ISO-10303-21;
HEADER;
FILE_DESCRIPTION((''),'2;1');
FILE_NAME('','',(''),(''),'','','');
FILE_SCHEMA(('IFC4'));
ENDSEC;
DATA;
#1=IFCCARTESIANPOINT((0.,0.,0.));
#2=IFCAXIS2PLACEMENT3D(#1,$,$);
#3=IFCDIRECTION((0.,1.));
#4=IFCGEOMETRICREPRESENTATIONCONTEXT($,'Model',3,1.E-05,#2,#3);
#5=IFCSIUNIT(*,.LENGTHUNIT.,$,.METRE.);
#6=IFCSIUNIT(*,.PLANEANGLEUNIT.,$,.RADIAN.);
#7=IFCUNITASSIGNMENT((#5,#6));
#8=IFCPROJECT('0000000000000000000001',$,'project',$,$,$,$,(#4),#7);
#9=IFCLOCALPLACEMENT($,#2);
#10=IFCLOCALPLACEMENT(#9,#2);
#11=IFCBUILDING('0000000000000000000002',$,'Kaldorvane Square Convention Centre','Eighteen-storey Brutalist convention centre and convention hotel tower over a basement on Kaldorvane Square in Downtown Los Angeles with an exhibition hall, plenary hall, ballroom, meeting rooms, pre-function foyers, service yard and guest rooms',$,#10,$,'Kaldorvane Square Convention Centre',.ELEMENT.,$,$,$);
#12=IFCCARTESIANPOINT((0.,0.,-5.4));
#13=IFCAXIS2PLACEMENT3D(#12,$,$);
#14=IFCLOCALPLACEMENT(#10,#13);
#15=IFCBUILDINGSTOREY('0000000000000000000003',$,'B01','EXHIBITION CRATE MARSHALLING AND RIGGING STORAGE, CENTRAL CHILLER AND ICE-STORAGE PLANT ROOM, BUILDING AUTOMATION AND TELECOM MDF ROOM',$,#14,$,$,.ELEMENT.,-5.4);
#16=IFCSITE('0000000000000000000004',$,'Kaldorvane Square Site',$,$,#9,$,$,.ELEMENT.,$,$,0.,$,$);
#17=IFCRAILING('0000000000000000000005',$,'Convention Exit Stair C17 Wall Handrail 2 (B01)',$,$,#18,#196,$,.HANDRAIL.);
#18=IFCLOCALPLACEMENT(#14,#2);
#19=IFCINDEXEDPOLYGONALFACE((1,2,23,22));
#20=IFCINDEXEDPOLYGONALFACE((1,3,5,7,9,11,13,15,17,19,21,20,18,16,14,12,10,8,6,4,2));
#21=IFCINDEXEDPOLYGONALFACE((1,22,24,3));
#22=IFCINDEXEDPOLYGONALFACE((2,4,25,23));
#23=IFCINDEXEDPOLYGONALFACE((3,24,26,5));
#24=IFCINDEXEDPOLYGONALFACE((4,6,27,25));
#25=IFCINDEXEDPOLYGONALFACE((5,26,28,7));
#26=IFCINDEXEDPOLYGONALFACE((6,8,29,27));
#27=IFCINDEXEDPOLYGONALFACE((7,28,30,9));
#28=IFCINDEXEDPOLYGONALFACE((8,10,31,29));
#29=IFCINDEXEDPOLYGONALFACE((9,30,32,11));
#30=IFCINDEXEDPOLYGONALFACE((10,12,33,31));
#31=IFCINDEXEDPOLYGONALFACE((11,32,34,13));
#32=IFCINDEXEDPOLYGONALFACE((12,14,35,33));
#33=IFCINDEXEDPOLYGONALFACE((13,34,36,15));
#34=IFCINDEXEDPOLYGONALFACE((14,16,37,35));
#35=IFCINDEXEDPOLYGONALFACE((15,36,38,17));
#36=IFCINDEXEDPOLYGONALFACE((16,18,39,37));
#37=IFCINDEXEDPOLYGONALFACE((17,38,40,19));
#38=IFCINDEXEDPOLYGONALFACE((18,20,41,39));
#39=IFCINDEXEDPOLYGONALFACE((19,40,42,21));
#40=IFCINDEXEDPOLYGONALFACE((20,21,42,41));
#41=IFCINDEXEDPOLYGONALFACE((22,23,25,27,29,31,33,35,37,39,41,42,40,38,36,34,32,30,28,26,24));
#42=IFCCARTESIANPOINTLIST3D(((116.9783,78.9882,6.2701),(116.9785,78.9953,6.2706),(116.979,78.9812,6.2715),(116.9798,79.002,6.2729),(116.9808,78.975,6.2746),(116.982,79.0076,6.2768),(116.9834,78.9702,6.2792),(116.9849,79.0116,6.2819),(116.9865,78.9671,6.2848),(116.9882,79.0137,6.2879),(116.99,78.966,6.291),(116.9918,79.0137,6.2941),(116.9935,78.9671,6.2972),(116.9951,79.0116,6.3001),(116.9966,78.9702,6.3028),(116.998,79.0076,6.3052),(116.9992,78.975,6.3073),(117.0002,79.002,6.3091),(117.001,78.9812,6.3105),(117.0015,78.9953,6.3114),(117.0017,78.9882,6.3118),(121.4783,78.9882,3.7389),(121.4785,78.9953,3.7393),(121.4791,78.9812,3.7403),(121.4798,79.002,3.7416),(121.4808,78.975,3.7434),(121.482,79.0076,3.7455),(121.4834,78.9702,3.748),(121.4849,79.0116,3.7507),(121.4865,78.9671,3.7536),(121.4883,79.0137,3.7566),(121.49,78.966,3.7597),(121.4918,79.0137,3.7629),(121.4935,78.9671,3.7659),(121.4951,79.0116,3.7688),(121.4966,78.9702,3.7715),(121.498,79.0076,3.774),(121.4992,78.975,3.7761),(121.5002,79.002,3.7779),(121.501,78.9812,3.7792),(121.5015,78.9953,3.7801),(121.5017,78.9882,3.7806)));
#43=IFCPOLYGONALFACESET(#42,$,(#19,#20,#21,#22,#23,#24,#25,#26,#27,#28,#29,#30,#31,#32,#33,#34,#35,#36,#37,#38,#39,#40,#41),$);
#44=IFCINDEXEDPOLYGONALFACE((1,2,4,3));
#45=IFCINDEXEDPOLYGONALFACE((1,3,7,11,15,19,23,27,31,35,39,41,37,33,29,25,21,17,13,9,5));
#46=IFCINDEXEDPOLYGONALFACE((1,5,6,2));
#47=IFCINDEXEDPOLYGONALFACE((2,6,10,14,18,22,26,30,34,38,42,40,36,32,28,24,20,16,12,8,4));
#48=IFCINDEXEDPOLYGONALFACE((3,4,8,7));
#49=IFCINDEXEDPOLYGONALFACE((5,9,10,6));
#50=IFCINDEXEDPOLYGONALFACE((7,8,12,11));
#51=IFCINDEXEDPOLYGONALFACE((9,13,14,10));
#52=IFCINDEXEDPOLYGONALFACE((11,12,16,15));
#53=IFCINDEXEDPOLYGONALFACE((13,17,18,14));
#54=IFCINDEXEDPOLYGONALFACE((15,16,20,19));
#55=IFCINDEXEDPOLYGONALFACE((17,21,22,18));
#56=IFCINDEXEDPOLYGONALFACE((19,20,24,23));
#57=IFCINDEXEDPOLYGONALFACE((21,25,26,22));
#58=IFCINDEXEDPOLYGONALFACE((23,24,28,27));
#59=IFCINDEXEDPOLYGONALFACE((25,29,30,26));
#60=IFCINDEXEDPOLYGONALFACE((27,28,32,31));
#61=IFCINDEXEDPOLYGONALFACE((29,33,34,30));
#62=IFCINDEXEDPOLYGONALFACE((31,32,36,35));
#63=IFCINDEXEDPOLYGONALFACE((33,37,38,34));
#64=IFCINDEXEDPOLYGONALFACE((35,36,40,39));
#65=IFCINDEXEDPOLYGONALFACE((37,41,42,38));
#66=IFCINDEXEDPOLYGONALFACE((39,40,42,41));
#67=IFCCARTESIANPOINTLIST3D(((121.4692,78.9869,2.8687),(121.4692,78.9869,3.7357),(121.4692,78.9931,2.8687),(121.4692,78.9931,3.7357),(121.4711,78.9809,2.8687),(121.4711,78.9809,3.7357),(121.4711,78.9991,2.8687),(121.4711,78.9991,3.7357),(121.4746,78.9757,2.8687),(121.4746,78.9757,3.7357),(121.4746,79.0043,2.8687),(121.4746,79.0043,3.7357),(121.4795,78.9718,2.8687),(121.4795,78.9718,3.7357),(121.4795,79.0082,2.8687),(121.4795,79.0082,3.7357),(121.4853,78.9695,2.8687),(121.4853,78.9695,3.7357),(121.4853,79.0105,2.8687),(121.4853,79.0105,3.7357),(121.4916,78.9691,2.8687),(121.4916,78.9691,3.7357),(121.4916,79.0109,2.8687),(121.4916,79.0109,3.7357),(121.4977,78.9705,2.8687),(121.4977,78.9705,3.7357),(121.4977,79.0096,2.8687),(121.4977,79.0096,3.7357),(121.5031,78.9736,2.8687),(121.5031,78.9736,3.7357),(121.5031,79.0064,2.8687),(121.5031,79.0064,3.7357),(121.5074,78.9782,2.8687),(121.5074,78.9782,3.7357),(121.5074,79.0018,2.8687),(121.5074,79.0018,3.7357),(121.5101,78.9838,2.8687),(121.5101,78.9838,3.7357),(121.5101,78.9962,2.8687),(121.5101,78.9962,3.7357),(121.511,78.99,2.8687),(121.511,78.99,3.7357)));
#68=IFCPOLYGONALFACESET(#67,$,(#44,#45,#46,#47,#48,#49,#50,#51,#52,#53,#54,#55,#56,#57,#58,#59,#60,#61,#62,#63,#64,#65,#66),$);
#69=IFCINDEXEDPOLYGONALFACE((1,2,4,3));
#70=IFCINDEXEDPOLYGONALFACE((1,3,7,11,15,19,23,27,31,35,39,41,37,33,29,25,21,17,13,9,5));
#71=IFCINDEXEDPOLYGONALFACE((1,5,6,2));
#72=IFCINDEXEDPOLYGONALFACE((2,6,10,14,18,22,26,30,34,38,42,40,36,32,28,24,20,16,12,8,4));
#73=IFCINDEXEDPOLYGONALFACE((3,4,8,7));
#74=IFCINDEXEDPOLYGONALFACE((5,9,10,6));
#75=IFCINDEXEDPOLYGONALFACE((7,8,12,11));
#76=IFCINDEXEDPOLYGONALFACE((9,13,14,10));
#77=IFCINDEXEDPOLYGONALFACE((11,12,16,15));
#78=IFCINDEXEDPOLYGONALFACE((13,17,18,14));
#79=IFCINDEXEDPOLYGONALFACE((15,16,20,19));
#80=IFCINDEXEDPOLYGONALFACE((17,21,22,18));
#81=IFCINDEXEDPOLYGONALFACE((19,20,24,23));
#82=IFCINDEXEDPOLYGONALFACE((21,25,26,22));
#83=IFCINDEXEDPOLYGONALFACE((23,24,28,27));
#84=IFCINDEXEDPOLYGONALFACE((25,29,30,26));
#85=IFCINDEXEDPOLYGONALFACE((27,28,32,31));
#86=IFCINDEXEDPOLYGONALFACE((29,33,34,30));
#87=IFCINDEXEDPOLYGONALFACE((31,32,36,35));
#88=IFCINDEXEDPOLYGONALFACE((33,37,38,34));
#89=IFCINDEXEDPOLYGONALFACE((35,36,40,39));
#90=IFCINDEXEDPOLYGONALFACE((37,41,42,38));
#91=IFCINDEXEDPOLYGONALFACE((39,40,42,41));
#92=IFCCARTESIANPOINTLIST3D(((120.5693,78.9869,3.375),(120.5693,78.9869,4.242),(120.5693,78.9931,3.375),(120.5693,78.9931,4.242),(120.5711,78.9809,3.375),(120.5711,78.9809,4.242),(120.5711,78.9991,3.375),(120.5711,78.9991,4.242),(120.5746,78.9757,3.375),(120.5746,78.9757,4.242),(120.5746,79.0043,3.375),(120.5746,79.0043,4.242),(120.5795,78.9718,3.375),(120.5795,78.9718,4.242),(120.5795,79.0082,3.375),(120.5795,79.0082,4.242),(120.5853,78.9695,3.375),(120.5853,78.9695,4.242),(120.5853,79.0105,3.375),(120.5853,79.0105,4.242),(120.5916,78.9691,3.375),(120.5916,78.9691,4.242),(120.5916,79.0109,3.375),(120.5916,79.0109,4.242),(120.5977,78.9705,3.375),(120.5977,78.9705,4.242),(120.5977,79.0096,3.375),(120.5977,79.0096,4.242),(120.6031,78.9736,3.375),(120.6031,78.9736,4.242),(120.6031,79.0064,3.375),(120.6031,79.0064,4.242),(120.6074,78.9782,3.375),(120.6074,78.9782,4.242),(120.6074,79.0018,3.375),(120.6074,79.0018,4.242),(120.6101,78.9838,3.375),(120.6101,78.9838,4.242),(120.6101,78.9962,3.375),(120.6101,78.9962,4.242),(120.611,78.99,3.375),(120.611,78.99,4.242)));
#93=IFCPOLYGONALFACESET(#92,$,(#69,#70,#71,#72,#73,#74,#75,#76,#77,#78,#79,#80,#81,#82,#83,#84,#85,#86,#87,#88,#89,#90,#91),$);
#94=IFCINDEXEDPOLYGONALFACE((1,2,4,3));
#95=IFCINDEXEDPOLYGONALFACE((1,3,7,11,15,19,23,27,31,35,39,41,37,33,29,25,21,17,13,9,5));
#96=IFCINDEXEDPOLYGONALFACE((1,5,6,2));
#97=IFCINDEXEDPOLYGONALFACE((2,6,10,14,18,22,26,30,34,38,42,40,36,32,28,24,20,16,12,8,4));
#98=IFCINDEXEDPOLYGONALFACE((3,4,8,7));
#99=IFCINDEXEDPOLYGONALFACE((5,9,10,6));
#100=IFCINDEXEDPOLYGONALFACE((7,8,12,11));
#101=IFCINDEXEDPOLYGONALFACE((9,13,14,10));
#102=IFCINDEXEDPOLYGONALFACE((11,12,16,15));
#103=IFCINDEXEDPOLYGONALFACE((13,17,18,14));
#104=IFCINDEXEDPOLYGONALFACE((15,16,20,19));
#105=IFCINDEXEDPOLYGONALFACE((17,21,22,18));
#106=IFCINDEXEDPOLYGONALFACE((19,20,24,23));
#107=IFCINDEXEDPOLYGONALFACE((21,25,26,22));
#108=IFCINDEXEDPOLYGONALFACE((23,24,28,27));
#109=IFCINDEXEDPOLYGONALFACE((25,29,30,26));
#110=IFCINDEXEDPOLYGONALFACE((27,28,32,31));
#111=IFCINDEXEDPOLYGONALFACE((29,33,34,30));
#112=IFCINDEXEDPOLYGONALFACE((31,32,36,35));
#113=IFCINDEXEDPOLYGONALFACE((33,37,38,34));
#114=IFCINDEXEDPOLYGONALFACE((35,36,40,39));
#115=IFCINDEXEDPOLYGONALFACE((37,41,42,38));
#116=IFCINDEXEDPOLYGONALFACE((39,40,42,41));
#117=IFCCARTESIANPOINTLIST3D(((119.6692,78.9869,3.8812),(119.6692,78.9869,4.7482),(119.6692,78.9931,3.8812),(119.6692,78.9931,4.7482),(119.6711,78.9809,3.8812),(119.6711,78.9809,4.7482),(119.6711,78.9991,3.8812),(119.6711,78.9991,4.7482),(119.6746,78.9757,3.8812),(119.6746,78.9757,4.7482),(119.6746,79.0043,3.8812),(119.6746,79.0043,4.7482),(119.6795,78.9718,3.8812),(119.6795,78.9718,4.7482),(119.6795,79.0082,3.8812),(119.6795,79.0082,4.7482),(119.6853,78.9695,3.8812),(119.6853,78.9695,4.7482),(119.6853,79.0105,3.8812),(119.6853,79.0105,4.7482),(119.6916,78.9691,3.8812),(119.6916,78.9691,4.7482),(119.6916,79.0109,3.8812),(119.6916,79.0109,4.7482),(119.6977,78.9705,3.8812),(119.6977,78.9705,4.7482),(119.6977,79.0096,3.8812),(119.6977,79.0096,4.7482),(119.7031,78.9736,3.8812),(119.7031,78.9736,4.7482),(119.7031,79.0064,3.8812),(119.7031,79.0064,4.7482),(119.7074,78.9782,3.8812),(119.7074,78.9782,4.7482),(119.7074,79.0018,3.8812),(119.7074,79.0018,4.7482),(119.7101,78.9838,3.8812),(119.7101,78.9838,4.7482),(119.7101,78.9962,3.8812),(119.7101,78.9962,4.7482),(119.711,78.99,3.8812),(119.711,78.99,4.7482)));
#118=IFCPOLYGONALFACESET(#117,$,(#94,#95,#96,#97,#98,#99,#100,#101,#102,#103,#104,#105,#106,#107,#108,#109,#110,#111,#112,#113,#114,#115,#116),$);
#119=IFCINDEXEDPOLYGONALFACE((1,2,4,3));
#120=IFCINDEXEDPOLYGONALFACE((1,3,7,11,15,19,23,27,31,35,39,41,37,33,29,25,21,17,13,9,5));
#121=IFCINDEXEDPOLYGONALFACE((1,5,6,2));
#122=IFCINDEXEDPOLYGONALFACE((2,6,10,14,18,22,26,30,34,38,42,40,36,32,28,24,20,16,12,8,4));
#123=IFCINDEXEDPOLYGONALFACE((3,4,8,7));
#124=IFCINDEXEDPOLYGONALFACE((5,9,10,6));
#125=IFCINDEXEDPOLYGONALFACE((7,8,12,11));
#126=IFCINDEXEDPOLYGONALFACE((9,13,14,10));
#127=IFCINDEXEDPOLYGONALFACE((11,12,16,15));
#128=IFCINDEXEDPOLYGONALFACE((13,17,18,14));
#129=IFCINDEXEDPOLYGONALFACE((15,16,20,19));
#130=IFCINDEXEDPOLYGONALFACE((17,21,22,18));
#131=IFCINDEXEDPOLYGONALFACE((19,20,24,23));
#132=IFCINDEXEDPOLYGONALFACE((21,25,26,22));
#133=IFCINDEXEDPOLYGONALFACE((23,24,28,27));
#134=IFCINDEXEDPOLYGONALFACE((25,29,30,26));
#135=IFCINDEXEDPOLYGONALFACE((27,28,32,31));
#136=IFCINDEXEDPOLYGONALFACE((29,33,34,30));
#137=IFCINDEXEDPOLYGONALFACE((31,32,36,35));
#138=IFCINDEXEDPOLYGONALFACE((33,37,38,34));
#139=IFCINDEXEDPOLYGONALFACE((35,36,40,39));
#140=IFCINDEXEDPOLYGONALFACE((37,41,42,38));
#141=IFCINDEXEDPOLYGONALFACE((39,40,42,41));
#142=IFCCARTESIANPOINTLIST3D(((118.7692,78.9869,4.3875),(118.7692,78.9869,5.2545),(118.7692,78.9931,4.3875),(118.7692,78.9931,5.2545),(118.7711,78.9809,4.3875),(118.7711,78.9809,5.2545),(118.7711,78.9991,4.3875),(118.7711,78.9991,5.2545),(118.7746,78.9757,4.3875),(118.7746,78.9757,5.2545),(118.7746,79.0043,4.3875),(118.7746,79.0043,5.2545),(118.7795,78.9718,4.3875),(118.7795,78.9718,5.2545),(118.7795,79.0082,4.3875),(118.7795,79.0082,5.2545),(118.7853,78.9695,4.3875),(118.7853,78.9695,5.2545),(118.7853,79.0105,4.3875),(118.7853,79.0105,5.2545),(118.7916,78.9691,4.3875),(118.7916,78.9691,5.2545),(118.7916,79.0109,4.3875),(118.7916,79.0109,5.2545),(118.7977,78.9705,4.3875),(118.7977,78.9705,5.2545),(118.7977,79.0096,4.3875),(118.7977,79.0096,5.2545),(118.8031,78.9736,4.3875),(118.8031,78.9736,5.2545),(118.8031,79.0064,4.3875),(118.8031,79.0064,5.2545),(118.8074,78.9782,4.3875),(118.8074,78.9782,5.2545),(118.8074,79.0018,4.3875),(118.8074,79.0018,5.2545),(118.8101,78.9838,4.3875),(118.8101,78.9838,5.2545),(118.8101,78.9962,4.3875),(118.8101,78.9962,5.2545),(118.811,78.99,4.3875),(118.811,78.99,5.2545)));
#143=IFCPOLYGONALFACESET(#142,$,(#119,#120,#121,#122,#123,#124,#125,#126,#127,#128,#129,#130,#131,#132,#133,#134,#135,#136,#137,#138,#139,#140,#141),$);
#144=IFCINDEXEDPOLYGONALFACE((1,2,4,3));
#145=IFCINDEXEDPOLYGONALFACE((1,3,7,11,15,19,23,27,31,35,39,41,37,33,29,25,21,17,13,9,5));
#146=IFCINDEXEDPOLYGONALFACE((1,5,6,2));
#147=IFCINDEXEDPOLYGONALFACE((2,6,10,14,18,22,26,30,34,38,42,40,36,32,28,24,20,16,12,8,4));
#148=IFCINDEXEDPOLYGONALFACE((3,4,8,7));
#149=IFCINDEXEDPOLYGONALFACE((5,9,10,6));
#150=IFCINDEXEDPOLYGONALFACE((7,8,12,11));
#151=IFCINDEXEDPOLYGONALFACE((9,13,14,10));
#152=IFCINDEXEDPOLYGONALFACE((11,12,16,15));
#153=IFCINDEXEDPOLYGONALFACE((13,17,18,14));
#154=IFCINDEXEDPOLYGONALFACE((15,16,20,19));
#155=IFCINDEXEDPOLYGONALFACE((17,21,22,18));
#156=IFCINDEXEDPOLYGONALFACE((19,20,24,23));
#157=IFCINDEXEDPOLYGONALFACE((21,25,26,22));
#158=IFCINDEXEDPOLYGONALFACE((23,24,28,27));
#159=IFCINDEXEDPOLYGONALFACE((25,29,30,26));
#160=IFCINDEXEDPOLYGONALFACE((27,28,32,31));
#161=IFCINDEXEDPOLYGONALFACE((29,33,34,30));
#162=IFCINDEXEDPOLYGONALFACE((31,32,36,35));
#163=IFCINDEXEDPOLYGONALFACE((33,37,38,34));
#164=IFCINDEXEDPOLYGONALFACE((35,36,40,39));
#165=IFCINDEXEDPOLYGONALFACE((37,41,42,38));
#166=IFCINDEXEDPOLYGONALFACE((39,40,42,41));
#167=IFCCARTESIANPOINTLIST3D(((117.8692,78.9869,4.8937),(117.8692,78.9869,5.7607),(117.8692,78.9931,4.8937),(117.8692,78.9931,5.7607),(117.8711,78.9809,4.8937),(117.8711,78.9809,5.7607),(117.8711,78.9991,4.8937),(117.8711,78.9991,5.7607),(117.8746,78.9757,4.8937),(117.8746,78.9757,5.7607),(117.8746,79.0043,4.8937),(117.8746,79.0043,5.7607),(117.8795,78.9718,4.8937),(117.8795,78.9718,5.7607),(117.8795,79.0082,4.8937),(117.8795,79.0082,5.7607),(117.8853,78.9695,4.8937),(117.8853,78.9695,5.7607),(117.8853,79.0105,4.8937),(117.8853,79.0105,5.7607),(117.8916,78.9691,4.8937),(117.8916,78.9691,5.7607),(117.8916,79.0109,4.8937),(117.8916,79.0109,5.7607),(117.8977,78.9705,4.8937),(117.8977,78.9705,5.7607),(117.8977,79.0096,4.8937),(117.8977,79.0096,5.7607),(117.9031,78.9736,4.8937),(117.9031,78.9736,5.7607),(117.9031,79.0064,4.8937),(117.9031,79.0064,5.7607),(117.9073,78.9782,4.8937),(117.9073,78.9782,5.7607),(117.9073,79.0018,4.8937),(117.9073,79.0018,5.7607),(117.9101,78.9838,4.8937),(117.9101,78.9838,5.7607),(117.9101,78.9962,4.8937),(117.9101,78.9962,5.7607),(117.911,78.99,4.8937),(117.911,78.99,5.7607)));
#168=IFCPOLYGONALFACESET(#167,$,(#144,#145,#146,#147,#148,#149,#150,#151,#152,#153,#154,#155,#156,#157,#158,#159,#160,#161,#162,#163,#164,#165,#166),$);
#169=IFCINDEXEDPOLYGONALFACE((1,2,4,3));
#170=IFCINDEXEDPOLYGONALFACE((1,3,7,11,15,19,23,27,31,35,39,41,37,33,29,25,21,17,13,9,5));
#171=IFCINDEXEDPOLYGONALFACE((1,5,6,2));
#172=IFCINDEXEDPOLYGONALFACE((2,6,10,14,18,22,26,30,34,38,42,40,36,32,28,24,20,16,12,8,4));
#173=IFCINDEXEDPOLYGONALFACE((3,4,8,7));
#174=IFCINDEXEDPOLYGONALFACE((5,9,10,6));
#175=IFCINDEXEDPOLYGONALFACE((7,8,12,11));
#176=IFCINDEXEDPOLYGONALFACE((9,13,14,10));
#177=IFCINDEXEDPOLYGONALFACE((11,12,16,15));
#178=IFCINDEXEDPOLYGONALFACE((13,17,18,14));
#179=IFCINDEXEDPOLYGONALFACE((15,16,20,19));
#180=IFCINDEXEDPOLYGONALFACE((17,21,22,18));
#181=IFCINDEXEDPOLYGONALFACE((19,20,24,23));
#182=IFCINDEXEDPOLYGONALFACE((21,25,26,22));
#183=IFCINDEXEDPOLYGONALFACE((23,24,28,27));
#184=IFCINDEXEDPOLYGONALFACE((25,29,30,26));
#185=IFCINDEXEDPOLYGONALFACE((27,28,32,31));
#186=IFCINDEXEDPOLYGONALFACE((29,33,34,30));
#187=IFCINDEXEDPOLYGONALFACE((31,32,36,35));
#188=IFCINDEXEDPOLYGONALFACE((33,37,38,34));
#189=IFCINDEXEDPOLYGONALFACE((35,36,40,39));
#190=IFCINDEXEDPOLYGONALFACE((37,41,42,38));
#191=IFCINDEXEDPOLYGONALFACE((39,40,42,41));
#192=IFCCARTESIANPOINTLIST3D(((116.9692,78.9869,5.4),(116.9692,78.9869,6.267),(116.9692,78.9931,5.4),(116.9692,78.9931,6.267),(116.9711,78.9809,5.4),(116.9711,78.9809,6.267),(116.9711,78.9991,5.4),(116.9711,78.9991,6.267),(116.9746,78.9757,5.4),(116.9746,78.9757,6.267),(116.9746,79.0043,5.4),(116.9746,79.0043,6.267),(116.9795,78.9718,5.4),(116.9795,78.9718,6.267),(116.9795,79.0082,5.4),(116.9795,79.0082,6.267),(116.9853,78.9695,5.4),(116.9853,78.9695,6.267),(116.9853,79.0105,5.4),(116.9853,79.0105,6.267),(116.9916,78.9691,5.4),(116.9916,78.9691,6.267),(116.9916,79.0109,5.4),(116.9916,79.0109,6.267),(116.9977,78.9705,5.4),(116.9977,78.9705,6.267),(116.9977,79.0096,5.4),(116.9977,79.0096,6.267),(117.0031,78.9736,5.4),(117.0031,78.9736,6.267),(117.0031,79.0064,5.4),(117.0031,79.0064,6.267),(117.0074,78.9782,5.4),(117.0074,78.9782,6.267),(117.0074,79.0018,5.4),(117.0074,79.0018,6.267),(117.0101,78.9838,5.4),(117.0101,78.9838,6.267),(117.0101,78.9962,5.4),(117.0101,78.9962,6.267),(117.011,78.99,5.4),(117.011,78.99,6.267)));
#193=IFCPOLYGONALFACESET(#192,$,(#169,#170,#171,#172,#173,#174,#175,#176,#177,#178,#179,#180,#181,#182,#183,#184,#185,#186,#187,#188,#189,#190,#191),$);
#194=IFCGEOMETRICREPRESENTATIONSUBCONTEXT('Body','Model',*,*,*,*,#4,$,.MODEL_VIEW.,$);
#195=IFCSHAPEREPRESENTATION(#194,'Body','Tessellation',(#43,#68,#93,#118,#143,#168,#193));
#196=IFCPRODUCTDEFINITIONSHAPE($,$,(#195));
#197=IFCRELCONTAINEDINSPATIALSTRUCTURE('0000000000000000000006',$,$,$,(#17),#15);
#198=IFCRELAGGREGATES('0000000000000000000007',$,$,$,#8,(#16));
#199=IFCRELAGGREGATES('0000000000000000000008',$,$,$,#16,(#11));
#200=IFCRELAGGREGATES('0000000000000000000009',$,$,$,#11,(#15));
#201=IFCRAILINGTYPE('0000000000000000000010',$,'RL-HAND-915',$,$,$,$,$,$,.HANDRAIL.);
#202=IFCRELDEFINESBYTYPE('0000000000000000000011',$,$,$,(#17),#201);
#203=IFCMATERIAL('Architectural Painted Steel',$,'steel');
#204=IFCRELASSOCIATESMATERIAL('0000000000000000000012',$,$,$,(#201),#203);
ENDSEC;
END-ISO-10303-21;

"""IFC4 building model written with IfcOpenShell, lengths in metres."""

from ifc_helpers import new_model, si_unit, direction, frame, origin, origin_2d, place, context, subcontext, project, spatial, circle, extrude, material, type_object, element, save


model = new_model("IFC4")

# Units and contexts
model_context = context("Model", 3, precision=1e-05, world=origin(), true_north=direction((0.0, 1.0)))
body_context = subcontext(model_context, "Body", "Model", "MODEL_VIEW")
ifc_project = project(units=[si_unit("LENGTHUNIT", "METRE"), si_unit("PLANEANGLEUNIT", "RADIAN")], contexts=[model_context])

# Site, building, storey
site_placement = place(None, origin())
site = spatial("IfcSite", under=ifc_project, at=site_placement, Name="Kaldorvane Square Site", CompositionType="ELEMENT", RefElevation=0.0)
building_placement = place(site_placement, origin())
building = spatial("IfcBuilding", under=site, at=building_placement, Name="Kaldorvane Square Convention Centre", Description="Eighteen-storey Brutalist convention centre and convention hotel tower over a basement on Kaldorvane Square in Downtown Los Angeles with an exhibition hall, plenary hall, ballroom, meeting rooms, pre-function foyers, service yard and guest rooms", LongName="Kaldorvane Square Convention Centre", CompositionType="ELEMENT")
storey_placement = place(building_placement, frame((0.0, 0.0, -5.4)))
storey = spatial("IfcBuildingStorey", under=building, at=storey_placement, Name="B01", Description="EXHIBITION CRATE MARSHALLING AND RIGGING STORAGE, CENTRAL CHILLER AND ICE-STORAGE PLANT ROOM, BUILDING AUTOMATION AND TELECOM MDF ROOM", CompositionType="ELEMENT", Elevation=-5.4)

# Railing
ifc_material_1 = material(Name="Architectural Painted Steel", Category="steel")
railing_type_1 = type_object("IfcRailingType", Name="RL-HAND-915", PredefinedType="HANDRAIL", material=ifc_material_1)
railing_1_placement = place(storey_placement, frame((121.49, 78.99, 2.8687)))
element("IfcRailing", 1, at=railing_1_placement, inside=storey, type_object=railing_type_1, Name="Convention Exit Stair C17 Wall Handrail 2 (B01)", PredefinedType="HANDRAIL", context=body_context, shape_type="SweptSolid", body=[
    extrude(circle(Radius=0.024, at=origin_2d()), frame((0.0, 0.0, 0.891), z_axis=(-0.871576, 0.0, 0.490261), x_axis=(0.0, -1.0, 0.0)), (0.0, 0.0, 1.0), 5.1631),
    extrude(circle(Radius=0.021, at=origin_2d()), origin(), (0.0, 0.0, 1.0), 0.867),
    extrude(circle(Radius=0.021, at=origin_2d()), frame((-0.9, 0.0, 0.5063)), (0.0, 0.0, 1.0), 0.867),
    extrude(circle(Radius=0.021, at=origin_2d()), frame((-1.8, 0.0, 1.0125)), (0.0, 0.0, 1.0), 0.867),
    extrude(circle(Radius=0.021, at=origin_2d()), frame((-2.7, 0.0, 1.5188)), (0.0, 0.0, 1.0), 0.867),
    extrude(circle(Radius=0.021, at=origin_2d()), frame((-3.6, 0.0, 2.025)), (0.0, 0.0, 1.0), 0.867),
    extrude(circle(Radius=0.021, at=origin_2d()), frame((-4.5, 0.0, 2.5312)), (0.0, 0.0, 1.0), 0.867),
])

save(model, "model.ifc")
